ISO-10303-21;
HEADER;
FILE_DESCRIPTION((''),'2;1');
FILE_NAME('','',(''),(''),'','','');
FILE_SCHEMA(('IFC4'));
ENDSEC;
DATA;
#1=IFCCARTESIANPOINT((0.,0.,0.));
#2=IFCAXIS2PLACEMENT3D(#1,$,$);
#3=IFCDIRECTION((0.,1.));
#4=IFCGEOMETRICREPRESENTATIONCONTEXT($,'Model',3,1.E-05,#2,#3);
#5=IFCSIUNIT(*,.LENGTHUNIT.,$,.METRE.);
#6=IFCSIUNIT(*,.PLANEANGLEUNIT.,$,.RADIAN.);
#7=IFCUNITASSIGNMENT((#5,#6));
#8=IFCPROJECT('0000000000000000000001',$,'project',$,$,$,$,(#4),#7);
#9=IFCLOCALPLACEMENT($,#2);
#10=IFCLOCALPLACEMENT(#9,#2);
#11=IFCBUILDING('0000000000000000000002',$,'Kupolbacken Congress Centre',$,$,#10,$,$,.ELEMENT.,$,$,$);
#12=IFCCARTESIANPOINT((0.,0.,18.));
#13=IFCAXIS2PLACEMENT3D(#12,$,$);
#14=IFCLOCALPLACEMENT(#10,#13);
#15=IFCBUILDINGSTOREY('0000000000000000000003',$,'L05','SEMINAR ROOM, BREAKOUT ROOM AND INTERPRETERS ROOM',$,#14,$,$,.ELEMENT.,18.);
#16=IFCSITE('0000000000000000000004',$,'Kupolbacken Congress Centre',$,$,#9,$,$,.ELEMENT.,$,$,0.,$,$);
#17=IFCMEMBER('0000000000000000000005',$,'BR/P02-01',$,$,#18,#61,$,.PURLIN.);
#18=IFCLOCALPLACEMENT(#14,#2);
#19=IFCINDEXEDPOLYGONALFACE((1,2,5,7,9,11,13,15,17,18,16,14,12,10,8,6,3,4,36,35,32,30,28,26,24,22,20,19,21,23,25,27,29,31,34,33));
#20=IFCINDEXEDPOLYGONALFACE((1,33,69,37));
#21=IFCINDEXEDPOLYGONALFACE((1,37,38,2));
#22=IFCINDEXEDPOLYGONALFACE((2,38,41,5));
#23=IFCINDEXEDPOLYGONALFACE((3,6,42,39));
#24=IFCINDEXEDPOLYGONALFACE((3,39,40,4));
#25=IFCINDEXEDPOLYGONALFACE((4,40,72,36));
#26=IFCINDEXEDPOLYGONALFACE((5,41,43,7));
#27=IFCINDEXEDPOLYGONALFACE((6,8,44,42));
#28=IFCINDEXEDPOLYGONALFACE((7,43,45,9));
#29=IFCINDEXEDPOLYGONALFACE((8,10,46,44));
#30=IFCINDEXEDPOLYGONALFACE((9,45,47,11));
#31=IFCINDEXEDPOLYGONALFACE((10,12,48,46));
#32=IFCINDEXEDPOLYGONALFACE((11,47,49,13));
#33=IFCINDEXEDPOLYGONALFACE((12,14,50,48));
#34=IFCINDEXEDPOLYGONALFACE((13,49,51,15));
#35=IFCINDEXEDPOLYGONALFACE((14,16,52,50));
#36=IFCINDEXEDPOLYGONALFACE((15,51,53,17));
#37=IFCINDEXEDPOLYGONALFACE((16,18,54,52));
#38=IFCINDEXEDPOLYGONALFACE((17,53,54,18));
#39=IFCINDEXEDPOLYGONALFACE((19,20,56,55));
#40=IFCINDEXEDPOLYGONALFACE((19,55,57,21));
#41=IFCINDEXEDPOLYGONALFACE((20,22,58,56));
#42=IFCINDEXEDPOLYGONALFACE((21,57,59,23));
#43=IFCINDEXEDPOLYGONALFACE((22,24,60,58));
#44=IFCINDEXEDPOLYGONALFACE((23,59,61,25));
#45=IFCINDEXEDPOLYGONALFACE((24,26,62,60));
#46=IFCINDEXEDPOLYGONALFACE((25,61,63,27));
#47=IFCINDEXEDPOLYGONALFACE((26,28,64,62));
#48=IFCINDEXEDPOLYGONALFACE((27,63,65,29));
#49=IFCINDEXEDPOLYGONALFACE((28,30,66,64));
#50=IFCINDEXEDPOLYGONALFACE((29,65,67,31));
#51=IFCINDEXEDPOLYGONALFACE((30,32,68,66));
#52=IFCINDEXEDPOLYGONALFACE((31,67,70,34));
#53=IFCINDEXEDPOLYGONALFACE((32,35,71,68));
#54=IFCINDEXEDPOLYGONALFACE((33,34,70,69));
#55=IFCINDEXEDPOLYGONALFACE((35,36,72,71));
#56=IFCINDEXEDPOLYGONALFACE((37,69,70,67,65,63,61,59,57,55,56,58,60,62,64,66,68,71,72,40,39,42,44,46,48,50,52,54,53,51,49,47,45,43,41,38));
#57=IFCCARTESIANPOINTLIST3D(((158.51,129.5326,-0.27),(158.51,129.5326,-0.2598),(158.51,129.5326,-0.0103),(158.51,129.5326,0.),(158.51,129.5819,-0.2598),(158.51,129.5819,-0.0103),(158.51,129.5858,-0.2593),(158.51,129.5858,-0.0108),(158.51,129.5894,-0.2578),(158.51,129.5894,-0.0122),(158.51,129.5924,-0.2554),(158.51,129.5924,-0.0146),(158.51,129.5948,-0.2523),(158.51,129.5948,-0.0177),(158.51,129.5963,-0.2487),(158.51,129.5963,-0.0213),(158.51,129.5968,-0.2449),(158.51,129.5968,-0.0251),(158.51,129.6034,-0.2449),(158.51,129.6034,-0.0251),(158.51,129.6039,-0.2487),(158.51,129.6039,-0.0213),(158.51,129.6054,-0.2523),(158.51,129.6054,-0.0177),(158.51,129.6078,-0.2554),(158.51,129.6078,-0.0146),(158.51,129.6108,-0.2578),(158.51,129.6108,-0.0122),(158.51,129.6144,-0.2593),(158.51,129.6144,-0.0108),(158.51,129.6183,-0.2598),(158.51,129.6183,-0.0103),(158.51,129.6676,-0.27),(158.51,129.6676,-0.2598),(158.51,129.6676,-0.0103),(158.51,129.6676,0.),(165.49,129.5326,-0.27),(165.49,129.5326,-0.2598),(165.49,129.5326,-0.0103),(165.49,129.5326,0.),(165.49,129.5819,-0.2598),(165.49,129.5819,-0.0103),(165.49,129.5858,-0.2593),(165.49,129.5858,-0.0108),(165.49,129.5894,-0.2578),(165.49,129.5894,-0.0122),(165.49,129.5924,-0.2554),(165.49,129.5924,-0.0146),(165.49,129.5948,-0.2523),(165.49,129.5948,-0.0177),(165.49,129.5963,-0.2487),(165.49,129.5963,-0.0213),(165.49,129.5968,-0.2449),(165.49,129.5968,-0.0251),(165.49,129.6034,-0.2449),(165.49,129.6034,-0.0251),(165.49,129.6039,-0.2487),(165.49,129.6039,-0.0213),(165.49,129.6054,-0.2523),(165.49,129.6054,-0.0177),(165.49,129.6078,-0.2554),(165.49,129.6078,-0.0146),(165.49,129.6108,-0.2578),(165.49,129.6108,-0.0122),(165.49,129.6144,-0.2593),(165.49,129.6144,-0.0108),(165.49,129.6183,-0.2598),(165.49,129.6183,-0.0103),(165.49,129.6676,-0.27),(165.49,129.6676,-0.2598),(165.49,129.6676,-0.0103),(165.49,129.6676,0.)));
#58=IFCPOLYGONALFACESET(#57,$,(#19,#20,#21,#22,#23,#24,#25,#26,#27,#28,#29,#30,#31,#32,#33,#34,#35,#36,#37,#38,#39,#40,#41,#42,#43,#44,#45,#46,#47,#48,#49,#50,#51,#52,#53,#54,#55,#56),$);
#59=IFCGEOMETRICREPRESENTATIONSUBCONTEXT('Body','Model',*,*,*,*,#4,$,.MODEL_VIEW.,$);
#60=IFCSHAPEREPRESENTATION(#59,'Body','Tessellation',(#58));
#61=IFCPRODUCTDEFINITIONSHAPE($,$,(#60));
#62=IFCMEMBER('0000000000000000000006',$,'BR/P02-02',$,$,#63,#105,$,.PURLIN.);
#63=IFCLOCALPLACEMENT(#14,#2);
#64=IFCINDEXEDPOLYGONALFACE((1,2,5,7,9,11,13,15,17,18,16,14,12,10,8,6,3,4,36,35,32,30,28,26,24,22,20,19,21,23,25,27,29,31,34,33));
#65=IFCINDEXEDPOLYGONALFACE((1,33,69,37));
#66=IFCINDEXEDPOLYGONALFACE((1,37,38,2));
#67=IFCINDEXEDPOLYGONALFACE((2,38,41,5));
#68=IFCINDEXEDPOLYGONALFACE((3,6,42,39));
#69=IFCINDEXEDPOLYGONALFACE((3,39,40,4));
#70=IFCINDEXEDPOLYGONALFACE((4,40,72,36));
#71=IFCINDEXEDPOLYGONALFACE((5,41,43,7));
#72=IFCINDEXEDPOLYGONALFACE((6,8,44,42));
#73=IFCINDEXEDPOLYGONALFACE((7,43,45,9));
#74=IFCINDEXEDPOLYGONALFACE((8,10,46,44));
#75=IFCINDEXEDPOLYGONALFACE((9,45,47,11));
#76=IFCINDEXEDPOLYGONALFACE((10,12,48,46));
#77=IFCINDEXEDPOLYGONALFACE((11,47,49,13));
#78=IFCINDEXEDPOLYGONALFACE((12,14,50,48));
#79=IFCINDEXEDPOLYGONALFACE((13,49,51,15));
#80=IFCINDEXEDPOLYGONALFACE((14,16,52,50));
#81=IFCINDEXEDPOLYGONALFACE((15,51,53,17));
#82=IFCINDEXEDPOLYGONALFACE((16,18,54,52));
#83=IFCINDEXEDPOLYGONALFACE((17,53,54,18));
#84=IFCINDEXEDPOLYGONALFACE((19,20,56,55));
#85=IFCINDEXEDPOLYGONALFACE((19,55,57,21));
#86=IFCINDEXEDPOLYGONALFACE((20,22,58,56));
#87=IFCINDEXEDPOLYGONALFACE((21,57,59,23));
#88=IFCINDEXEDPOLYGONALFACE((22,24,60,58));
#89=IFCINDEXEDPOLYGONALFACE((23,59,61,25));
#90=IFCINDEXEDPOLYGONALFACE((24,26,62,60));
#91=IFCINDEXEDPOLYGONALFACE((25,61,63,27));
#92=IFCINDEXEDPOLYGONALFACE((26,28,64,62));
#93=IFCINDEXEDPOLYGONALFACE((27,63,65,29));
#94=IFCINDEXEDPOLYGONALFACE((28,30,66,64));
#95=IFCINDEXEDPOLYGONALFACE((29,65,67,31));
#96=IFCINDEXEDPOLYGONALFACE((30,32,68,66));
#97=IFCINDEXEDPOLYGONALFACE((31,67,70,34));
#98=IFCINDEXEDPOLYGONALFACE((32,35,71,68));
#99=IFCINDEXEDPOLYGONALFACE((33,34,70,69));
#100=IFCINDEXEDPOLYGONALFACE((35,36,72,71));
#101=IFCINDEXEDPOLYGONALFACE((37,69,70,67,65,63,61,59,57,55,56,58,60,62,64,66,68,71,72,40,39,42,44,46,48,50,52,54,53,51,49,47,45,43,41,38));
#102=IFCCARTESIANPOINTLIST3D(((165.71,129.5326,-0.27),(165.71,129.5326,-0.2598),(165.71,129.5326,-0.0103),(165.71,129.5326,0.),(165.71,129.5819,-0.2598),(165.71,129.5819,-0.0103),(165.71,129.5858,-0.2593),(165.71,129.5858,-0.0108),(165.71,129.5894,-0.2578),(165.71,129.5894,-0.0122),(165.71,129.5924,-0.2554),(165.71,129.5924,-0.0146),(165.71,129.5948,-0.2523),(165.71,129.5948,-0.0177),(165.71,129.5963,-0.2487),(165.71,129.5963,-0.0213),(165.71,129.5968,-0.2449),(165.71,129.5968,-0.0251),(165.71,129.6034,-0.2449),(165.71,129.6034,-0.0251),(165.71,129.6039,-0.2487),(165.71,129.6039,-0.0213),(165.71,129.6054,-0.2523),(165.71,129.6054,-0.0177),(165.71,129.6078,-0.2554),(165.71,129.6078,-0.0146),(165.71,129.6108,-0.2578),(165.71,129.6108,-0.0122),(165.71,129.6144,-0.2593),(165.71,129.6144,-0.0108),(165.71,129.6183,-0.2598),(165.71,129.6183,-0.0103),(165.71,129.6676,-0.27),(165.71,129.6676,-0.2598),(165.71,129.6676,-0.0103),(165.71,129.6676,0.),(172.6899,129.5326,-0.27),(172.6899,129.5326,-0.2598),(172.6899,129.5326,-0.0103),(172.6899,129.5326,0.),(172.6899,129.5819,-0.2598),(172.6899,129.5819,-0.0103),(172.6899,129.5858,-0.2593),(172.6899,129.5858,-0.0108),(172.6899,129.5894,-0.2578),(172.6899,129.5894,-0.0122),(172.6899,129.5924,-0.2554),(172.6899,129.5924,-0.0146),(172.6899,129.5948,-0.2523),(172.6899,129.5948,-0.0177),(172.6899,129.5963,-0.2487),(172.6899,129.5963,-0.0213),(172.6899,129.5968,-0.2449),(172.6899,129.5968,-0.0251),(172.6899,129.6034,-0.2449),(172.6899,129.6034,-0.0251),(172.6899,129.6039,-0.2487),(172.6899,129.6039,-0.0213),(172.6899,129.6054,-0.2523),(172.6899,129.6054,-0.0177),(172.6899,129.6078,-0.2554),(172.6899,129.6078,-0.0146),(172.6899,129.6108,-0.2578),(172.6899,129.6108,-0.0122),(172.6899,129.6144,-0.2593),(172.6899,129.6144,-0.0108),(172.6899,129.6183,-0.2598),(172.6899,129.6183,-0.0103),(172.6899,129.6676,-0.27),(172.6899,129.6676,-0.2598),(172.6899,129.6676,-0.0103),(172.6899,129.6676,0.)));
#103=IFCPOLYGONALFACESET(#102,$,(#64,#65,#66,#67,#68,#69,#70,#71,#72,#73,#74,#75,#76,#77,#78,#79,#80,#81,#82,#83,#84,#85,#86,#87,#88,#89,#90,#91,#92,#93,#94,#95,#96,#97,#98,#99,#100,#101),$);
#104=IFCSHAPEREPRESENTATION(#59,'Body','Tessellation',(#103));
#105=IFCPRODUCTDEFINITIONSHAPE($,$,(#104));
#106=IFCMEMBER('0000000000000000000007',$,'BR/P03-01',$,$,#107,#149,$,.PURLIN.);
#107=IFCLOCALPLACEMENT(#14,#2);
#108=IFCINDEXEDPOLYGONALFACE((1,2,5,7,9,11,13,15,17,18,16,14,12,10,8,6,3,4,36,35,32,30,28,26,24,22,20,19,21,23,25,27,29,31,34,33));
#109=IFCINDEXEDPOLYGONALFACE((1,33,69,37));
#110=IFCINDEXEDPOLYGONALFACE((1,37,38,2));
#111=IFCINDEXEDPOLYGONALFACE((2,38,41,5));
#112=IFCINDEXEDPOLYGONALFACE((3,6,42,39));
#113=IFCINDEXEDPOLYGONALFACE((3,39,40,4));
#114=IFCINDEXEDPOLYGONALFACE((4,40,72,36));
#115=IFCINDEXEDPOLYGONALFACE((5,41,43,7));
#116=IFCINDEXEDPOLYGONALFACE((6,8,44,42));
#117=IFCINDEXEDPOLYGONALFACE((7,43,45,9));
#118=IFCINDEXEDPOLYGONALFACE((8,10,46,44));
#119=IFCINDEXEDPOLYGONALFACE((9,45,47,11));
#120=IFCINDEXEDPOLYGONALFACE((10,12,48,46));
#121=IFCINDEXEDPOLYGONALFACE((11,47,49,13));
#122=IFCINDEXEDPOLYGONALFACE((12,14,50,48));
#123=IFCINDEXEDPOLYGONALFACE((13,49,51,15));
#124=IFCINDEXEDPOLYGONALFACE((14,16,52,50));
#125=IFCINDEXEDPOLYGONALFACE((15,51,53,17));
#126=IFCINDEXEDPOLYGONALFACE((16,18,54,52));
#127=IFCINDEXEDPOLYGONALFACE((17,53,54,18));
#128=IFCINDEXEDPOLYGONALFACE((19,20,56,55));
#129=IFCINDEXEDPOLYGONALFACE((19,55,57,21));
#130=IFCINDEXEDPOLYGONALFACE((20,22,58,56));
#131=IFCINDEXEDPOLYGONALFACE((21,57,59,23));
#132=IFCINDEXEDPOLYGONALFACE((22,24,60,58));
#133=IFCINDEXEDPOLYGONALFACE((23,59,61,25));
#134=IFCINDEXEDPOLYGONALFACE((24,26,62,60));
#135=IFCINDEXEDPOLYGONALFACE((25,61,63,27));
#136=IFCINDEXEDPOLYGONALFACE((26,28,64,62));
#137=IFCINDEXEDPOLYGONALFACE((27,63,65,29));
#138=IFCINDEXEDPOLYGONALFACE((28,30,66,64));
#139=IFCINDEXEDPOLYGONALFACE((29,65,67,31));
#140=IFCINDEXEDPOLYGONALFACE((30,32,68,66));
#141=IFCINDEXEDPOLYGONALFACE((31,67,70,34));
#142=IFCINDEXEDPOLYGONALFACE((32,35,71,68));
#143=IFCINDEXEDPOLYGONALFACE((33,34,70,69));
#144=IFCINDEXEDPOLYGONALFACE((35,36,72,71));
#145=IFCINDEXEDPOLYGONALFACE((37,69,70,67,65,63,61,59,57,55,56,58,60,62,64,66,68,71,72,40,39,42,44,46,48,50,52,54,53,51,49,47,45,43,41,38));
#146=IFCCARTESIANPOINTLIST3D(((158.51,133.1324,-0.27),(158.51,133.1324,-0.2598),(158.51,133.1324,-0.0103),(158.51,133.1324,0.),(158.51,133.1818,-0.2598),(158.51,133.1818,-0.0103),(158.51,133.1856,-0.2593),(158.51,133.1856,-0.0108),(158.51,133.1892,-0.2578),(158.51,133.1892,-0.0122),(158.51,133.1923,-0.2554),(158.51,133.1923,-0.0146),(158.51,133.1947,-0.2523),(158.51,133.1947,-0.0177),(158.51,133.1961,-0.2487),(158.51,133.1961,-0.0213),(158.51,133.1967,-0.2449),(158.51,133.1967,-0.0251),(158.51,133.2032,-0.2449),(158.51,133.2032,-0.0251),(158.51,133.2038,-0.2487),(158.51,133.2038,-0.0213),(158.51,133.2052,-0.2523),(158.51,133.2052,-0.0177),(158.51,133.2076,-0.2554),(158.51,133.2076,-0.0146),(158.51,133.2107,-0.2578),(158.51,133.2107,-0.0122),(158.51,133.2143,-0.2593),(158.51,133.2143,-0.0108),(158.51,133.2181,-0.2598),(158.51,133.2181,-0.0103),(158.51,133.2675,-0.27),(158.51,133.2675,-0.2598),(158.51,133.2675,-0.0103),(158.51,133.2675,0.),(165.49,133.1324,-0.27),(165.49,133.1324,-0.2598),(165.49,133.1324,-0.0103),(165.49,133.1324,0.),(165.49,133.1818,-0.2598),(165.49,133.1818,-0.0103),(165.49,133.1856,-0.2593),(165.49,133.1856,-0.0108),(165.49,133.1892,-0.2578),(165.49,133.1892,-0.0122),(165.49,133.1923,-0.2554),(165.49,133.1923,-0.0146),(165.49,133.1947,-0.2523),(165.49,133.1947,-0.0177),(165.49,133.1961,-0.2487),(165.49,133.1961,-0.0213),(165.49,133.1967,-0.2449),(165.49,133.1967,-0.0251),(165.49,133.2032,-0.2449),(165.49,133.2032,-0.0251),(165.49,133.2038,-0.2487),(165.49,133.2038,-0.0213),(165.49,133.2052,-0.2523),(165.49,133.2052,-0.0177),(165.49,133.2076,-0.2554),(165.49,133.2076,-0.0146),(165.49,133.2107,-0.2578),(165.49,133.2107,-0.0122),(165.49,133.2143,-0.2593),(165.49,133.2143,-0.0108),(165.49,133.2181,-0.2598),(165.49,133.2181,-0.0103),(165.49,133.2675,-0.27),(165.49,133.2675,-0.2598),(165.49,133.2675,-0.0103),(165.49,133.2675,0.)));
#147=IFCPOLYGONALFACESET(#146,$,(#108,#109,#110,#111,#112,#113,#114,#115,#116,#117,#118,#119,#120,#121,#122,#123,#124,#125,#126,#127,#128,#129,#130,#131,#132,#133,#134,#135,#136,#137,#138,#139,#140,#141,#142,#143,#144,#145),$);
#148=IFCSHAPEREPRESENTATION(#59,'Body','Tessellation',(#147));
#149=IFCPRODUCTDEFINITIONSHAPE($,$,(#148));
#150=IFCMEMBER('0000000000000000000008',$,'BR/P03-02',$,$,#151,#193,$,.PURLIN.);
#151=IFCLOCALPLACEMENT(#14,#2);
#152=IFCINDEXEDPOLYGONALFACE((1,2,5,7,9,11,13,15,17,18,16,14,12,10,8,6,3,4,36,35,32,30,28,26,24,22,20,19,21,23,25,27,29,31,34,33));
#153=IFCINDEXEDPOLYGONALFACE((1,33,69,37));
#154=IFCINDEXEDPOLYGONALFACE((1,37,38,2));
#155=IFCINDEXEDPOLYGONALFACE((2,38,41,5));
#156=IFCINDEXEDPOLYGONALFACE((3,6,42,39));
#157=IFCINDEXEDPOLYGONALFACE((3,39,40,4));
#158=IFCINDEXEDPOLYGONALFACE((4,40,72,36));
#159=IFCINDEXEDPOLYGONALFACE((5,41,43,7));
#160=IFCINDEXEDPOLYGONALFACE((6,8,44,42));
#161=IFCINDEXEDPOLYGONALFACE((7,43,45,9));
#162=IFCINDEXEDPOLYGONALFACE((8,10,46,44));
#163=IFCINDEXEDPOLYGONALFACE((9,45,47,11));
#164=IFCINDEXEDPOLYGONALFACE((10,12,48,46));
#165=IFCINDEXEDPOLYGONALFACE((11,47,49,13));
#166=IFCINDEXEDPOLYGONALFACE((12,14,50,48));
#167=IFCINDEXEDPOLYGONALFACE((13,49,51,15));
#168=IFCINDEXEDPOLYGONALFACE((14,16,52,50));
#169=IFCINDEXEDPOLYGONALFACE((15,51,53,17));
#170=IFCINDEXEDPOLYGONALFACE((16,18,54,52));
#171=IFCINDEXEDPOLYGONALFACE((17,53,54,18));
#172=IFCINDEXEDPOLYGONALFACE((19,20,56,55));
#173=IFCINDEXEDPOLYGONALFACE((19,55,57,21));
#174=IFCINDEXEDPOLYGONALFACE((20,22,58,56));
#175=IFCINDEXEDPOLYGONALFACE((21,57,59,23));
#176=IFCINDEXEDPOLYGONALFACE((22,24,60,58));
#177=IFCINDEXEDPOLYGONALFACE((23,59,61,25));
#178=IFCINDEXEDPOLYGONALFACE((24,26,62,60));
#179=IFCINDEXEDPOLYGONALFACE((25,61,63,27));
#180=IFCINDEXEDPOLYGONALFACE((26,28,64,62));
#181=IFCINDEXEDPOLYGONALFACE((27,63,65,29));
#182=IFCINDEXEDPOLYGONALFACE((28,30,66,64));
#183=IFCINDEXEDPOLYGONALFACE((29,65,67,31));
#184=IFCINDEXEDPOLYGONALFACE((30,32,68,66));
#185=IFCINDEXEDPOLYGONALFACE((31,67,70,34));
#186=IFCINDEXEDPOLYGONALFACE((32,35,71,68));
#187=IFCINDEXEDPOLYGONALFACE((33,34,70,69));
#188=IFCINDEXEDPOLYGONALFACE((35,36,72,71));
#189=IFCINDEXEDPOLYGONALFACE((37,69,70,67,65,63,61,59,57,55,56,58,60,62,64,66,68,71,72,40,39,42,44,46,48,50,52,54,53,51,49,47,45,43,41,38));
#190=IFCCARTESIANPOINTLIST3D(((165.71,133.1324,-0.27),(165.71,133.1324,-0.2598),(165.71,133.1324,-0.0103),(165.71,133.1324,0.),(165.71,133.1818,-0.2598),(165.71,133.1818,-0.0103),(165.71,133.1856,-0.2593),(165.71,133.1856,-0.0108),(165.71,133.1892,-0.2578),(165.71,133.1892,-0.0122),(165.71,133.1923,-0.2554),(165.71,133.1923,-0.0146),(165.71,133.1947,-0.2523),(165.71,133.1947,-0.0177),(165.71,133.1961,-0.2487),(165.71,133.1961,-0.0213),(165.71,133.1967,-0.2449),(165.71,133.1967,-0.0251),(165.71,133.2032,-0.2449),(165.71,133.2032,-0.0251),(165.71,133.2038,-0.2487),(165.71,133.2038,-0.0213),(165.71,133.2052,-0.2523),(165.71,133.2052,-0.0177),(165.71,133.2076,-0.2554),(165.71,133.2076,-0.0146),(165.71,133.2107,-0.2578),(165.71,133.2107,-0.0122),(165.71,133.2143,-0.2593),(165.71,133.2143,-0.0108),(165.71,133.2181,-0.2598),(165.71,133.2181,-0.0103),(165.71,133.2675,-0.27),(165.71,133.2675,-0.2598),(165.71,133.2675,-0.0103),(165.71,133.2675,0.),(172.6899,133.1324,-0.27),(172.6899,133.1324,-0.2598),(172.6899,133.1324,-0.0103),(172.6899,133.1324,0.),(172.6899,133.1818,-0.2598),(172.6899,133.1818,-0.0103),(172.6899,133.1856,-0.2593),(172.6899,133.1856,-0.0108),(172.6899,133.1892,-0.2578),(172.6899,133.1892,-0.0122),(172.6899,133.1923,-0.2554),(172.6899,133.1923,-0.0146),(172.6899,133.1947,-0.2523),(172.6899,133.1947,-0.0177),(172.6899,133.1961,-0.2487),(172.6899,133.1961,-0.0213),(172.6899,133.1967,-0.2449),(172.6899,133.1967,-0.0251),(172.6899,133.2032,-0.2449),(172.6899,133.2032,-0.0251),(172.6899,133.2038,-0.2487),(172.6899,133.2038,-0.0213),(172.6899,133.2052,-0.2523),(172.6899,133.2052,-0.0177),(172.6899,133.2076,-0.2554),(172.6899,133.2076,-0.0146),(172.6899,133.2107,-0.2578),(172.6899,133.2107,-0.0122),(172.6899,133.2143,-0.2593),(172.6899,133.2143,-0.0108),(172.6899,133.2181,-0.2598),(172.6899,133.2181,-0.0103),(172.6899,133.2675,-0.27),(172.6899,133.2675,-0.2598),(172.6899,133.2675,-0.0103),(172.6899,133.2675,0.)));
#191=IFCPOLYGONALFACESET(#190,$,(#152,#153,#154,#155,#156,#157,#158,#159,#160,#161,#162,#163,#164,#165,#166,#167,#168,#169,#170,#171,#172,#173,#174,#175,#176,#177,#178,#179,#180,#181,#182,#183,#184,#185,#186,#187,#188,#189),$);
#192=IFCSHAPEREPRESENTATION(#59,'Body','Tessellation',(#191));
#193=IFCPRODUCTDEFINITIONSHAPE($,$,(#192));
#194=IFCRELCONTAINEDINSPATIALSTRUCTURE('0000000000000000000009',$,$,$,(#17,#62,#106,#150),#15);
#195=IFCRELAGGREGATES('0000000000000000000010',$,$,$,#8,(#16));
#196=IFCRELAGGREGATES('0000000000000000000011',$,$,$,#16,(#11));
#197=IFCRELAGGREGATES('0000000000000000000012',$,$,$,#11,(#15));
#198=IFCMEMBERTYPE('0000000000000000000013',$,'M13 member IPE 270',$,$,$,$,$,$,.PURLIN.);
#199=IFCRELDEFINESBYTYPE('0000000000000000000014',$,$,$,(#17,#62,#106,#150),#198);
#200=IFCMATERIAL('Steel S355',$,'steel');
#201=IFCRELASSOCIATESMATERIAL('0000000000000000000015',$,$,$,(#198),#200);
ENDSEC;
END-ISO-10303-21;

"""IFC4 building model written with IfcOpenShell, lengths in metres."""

from ifc_helpers import new_model, si_unit, direction, frame, origin, origin_2d, place, context, subcontext, project, spatial, i_section, extrude, material, material_profile, profile_set, type_object, element, save


model = new_model("IFC4")

# Units and contexts
model_context = context("Model", 3, precision=1e-05, world=origin(), true_north=direction((0.0, 1.0)))
body_context = subcontext(model_context, "Body", "Model", "MODEL_VIEW")
ifc_project = project(units=[si_unit("LENGTHUNIT", "METRE"), si_unit("PLANEANGLEUNIT", "RADIAN")], contexts=[model_context])

# Site, building, storey
site_placement = place(None, origin())
site = spatial("IfcSite", under=ifc_project, at=site_placement, Name="Kupolbacken Congress Centre", CompositionType="ELEMENT", RefElevation=0.0)
building_placement = place(site_placement, origin())
building = spatial("IfcBuilding", under=site, at=building_placement, Name="Kupolbacken Congress Centre", CompositionType="ELEMENT")
storey_placement = place(building_placement, frame((0.0, 0.0, 18.0)))
storey = spatial("IfcBuildingStorey", under=building, at=storey_placement, Name="L05", Description="SEMINAR ROOM, BREAKOUT ROOM AND INTERPRETERS ROOM", CompositionType="ELEMENT", Elevation=18.0)

# Members
ifc_material_1 = material(Name="Steel S355", Category="steel")
ifc_material_profile_1 = material_profile(ifc_material_1, i_section(OverallWidth=0.135, OverallDepth=0.27, WebThickness=0.0066, FlangeThickness=0.0103, FilletRadius=0.0149, at=origin_2d()), Name="IPE 270")
ifc_profile_set_1 = profile_set([ifc_material_profile_1], Name="Steel S355")
member_type_1 = type_object("IfcMemberType", Name="M13 member IPE 270", PredefinedType="PURLIN", material=ifc_profile_set_1)
for number, where, z_axis, x_axis, name in (
    (1, (158.51, 129.6001, -0.135), (1.0, 0.0, 0.0), (0.0, 1.0, 0.0), "BR/P02-01"),
    (2, (165.71, 129.6001, -0.135), (1.0, 0.0, 0.0), (0.0, 1.0, 0.0), "BR/P02-02"),
    (3, (158.51, 133.2, -0.135), (1.0, 0.0, 0.0), (0.0, 1.0, 0.0), "BR/P03-01"),
    (4, (165.71, 133.2, -0.135), (1.0, 0.0, 0.0), (0.0, 1.0, 0.0), "BR/P03-02"),
):
    element("IfcMember", number, at=place(storey_placement, frame(where, z_axis=z_axis, x_axis=x_axis)), inside=storey, type_object=member_type_1, Name=name, PredefinedType="PURLIN", context=body_context, shape_type="SweptSolid", body=[
        extrude(i_section(OverallWidth=0.135, OverallDepth=0.27, WebThickness=0.0066, FlangeThickness=0.0103, FilletRadius=0.0149, at=origin_2d()), origin(), (0.0, 0.0, 1.0), 6.98),
    ])

save(model, "model.ifc")
